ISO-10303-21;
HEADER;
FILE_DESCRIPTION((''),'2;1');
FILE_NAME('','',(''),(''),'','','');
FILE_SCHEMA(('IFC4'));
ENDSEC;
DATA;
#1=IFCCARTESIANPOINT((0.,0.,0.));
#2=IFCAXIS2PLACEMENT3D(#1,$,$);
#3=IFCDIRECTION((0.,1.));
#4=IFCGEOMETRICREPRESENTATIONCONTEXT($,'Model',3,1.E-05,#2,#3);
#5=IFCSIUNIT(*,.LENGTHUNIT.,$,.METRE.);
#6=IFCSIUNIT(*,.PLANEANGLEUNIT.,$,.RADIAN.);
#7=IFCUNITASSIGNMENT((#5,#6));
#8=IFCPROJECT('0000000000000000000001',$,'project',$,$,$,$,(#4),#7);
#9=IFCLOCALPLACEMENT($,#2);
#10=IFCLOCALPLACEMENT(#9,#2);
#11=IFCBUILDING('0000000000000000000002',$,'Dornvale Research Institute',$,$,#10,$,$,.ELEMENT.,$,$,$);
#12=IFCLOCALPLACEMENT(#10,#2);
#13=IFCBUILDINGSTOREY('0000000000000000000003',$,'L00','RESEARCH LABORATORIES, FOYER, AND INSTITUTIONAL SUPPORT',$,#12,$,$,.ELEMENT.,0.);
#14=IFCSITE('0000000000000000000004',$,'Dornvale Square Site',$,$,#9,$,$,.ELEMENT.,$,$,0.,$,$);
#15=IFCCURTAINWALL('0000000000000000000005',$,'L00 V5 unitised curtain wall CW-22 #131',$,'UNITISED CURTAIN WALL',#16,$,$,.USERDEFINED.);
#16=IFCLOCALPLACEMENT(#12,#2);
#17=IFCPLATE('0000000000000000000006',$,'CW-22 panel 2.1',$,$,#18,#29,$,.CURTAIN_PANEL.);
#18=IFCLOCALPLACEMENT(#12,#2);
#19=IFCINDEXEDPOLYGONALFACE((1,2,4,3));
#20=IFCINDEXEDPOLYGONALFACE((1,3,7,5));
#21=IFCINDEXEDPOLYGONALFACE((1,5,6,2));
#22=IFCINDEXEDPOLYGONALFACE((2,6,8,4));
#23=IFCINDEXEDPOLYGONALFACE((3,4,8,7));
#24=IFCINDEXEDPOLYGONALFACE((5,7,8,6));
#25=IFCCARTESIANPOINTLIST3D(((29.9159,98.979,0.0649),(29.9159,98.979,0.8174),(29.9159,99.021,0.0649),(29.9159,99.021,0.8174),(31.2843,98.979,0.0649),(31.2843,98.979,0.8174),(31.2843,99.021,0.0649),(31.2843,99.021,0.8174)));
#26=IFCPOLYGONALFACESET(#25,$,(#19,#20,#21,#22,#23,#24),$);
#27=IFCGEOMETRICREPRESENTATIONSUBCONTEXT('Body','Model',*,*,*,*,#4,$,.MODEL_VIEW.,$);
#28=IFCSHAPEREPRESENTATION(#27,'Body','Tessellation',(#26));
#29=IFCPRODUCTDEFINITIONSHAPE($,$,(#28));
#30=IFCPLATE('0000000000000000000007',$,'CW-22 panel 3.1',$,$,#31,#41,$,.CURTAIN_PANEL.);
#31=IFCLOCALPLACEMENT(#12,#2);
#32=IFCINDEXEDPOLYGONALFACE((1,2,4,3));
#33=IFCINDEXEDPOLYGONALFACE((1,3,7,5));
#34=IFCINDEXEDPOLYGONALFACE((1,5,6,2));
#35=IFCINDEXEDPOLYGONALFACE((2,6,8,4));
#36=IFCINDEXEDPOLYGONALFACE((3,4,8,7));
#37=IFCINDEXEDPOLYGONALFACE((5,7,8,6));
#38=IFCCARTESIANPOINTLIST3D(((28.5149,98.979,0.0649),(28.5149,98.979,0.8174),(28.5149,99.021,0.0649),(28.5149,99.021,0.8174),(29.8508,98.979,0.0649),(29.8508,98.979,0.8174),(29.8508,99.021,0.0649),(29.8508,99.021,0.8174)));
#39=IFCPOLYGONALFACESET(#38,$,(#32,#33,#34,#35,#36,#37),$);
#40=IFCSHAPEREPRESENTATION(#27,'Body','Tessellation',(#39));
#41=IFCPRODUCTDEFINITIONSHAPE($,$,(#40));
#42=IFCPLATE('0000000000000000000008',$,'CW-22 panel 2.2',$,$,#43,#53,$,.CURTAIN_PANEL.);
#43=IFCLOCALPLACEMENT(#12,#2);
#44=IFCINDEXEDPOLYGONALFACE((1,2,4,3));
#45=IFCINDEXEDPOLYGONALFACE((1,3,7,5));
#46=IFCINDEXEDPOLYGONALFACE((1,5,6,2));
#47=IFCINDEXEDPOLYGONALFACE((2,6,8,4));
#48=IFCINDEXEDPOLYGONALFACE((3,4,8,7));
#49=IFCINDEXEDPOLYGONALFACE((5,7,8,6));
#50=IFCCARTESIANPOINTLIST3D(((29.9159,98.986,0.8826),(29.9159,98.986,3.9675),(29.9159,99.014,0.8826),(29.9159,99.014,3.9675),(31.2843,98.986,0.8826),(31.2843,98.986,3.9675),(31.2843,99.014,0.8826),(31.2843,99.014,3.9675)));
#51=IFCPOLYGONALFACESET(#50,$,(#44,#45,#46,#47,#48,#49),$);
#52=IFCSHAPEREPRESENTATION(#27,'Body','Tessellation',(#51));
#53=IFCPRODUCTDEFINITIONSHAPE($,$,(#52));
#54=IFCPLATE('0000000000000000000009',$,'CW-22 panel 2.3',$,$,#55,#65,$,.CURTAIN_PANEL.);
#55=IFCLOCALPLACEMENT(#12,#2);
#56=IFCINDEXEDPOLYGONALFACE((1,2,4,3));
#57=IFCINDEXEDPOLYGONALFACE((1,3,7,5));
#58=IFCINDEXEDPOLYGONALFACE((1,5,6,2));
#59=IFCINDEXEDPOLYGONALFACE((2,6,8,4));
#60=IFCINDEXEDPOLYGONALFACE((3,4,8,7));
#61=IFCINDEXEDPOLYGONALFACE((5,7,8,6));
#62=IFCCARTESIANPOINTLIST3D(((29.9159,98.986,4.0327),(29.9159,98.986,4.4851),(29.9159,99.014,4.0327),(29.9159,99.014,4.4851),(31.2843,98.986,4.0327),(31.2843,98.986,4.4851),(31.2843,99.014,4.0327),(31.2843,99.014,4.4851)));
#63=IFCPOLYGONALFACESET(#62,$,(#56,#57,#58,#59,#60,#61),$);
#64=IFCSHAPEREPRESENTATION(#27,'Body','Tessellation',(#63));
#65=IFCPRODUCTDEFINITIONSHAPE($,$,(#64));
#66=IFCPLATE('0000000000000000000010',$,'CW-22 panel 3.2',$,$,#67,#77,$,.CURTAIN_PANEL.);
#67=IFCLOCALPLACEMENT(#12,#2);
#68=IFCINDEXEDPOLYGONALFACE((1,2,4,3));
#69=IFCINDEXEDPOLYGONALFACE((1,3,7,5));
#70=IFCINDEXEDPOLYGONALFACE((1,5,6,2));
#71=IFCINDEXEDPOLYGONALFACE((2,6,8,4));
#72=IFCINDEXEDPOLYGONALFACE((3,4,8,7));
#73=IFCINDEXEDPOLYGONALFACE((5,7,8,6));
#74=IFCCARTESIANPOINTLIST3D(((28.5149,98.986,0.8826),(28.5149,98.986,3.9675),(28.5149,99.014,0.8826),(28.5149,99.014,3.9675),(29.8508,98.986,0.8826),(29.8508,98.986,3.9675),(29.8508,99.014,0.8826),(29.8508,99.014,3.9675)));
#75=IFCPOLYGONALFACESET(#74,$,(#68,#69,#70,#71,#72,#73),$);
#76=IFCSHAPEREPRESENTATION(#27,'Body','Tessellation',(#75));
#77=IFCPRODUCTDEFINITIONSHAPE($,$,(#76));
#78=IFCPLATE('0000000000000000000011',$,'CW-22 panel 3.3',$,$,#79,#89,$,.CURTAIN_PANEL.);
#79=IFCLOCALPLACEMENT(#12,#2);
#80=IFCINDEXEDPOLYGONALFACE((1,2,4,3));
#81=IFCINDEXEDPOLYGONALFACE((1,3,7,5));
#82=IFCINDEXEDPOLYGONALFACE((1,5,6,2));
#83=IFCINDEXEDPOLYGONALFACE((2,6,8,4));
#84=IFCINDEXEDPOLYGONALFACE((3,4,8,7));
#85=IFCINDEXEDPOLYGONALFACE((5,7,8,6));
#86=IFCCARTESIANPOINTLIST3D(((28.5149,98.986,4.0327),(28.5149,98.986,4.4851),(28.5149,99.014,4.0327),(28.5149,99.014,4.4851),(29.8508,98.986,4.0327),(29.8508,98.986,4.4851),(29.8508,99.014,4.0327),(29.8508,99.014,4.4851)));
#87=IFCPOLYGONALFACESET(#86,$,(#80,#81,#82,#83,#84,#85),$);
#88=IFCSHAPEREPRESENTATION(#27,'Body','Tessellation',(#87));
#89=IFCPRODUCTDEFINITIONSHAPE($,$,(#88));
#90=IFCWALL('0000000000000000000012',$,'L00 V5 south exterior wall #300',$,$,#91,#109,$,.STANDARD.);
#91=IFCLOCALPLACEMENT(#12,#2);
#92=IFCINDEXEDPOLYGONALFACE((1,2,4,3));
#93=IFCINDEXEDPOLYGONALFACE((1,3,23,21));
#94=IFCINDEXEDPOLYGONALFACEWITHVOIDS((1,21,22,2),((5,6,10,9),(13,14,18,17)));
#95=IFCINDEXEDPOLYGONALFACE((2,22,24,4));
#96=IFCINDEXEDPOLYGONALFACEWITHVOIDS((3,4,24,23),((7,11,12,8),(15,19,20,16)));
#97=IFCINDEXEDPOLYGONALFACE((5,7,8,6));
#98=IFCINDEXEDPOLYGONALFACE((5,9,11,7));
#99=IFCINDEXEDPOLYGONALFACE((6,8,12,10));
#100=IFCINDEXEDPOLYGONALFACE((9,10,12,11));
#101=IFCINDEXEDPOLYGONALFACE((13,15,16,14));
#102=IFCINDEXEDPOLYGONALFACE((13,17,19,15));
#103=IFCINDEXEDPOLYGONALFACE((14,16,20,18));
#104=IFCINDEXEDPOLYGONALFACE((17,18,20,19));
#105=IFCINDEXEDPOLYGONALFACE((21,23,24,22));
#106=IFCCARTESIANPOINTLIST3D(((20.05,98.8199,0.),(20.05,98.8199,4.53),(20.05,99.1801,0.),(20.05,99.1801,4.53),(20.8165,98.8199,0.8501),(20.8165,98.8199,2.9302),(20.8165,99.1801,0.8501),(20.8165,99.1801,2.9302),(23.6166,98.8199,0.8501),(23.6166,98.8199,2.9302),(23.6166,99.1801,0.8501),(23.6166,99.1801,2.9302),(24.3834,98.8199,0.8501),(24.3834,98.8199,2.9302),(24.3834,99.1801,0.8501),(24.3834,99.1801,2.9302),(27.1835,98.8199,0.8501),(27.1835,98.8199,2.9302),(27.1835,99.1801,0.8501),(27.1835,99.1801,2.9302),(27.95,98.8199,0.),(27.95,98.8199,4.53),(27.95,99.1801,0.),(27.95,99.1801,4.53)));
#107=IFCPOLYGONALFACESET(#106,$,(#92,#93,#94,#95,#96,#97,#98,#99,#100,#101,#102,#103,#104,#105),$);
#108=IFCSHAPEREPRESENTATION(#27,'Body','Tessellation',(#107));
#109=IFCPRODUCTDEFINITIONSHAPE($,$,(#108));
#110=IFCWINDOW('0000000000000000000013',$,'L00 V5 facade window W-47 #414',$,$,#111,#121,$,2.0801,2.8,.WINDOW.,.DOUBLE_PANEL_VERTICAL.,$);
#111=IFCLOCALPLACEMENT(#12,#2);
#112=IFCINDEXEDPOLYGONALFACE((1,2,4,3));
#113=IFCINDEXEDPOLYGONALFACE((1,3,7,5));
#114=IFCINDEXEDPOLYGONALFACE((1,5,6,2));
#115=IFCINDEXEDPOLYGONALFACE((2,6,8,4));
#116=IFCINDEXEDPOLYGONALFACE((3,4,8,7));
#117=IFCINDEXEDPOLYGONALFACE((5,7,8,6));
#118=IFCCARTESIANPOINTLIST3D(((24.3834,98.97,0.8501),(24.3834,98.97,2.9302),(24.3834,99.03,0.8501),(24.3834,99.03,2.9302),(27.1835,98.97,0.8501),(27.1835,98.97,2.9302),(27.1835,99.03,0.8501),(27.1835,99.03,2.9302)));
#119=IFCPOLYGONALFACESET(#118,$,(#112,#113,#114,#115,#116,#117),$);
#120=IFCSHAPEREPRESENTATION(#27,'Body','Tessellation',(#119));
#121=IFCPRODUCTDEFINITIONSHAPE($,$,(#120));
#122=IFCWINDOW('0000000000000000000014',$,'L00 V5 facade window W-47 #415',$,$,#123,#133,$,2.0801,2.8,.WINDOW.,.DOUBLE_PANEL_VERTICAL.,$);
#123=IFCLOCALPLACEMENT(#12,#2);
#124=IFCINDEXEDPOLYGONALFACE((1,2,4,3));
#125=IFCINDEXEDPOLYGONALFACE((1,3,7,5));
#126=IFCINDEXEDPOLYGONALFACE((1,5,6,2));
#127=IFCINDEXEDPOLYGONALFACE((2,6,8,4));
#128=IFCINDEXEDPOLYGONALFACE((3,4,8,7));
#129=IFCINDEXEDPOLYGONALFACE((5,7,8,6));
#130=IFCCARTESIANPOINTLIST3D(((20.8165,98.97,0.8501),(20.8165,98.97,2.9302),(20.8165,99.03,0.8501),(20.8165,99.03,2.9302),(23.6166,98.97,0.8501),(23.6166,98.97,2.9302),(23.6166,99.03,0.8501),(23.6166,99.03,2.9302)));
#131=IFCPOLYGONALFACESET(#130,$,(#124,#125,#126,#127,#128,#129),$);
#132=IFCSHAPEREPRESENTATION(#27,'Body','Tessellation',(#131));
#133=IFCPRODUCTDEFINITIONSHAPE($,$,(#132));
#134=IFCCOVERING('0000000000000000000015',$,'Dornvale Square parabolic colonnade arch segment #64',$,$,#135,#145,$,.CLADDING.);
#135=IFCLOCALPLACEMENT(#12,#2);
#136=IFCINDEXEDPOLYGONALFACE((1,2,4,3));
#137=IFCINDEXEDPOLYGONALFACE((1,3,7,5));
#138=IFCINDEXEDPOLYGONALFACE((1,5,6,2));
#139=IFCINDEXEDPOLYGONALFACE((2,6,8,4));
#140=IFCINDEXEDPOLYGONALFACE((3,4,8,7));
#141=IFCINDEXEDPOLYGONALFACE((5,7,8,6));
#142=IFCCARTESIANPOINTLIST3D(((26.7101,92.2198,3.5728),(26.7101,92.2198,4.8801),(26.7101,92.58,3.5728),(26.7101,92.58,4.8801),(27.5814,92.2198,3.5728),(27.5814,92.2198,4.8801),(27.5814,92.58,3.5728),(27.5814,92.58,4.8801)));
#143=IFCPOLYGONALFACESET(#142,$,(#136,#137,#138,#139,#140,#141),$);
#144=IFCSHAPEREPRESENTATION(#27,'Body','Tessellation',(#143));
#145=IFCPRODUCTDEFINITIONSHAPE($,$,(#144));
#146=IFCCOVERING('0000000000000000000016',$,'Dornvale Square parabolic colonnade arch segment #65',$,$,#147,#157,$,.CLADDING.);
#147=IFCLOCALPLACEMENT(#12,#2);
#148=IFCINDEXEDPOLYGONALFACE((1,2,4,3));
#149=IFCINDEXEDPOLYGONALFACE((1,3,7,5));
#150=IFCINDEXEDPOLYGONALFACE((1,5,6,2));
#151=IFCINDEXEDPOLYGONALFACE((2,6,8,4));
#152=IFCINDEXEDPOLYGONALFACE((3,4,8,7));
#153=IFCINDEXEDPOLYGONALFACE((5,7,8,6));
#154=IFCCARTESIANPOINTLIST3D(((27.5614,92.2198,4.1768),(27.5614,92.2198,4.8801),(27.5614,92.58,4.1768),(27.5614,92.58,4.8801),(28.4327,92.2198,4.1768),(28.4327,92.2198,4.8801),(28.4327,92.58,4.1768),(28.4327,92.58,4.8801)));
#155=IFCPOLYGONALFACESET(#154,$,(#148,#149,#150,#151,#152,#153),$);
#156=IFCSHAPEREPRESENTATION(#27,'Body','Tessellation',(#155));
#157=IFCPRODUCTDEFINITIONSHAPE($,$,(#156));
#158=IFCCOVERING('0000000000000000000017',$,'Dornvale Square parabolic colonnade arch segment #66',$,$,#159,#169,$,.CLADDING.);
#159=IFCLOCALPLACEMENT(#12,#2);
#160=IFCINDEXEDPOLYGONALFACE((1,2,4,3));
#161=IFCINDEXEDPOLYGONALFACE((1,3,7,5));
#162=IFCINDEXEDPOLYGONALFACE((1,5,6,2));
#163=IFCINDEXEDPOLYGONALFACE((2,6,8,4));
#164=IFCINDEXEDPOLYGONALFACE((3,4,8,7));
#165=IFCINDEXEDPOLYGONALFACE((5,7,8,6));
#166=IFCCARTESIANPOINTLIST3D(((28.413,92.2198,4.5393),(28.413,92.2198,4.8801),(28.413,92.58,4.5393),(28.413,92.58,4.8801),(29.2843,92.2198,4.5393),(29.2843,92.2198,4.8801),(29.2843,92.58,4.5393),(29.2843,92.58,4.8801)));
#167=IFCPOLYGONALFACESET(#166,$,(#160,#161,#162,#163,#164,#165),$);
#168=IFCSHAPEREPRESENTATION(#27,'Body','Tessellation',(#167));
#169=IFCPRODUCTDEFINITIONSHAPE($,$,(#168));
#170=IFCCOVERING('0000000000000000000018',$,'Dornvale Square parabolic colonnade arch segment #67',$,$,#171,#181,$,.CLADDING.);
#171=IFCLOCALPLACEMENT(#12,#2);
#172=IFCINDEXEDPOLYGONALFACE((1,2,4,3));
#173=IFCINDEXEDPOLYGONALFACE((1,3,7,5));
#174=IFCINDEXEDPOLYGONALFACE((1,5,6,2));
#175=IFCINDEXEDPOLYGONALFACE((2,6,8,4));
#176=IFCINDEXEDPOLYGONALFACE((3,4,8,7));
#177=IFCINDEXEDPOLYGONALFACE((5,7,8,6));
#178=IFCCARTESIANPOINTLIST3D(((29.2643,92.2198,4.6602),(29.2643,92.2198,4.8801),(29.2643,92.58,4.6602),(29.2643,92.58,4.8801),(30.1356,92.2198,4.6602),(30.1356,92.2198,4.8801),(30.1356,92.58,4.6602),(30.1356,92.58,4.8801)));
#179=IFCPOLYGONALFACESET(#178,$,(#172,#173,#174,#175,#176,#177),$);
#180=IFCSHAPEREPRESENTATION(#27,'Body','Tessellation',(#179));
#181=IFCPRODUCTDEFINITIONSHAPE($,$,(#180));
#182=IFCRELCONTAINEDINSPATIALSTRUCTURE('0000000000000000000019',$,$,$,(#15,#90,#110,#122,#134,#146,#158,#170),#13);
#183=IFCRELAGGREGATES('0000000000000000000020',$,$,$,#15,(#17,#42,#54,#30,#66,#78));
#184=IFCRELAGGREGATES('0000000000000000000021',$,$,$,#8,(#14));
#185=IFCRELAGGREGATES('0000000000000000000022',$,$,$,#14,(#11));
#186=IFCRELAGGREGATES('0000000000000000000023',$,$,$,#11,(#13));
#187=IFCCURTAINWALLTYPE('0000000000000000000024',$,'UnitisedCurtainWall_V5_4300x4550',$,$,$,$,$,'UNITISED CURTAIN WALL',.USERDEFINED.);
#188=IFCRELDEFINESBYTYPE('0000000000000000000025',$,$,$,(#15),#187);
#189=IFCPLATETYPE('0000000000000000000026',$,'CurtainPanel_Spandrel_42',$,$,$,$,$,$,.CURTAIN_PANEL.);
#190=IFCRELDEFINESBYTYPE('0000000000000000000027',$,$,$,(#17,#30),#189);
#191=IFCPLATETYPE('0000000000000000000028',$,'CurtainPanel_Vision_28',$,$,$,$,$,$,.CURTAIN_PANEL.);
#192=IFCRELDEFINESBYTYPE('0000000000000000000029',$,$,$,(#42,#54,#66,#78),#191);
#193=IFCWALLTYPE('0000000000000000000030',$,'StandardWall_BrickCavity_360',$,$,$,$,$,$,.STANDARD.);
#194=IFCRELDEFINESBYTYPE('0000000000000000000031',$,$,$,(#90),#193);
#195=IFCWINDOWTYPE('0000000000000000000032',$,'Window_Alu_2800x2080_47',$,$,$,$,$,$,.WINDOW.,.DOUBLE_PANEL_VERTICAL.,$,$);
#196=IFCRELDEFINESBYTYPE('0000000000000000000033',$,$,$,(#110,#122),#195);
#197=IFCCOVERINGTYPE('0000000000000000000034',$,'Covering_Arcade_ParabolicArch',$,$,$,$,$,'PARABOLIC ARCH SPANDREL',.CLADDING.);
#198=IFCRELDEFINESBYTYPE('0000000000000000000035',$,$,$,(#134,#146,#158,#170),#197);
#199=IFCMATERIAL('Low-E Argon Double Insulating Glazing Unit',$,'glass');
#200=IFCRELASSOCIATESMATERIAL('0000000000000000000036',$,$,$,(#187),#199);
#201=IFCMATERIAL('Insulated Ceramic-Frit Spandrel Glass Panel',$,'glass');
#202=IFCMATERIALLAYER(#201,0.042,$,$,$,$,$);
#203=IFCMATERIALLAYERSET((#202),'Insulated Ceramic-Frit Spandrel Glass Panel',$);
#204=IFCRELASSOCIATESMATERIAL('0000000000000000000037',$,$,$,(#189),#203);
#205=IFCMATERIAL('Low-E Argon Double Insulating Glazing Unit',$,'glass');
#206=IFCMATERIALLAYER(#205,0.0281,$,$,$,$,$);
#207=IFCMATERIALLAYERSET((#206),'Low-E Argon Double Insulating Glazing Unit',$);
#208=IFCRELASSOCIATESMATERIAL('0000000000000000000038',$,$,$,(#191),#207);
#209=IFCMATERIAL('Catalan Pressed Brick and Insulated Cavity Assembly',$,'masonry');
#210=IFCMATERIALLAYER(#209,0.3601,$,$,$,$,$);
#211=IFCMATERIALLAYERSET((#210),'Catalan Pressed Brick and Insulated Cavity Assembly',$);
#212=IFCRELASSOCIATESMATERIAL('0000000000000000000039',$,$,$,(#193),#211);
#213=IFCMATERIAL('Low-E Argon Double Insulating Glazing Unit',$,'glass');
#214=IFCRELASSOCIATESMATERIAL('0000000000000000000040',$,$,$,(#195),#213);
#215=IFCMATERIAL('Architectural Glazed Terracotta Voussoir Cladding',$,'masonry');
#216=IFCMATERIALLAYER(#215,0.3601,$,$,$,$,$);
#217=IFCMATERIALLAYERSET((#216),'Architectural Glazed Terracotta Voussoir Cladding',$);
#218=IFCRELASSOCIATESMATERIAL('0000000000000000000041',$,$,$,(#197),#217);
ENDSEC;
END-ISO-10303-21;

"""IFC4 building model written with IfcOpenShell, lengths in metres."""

from ifc_helpers import new_model, si_unit, direction, frame, frame_2d, origin, origin_2d, place, context, subcontext, project, spatial, rectangle, extrude, material, layer, layer_set, type_object, element, fill, aggregate, save


model = new_model("IFC4")

# Units and contexts
model_context = context("Model", 3, precision=1e-05, world=origin(), true_north=direction((0.0, 1.0)))
body_context = subcontext(model_context, "Body", "Model", "MODEL_VIEW")
ifc_project = project(units=[si_unit("LENGTHUNIT", "METRE"), si_unit("PLANEANGLEUNIT", "RADIAN")], contexts=[model_context])

# Site, building, storey
site_placement = place(None, origin())
site = spatial("IfcSite", under=ifc_project, at=site_placement, Name="Dornvale Square Site", CompositionType="ELEMENT", RefElevation=0.0)
building_placement = place(site_placement, origin())
building = spatial("IfcBuilding", under=site, at=building_placement, Name="Dornvale Research Institute", CompositionType="ELEMENT")
storey_placement = place(building_placement, origin())
storey = spatial("IfcBuildingStorey", under=building, at=storey_placement, Name="L00", Description="RESEARCH LABORATORIES, FOYER, AND INSTITUTIONAL SUPPORT", CompositionType="ELEMENT", Elevation=0.0)

# Curtain wall, plates
ifc_material_1 = material(Name="Low-E Argon Double Insulating Glazing Unit", Category="glass")
curtain_wall_type = type_object("IfcCurtainWallType", Name="UnitisedCurtainWall_V5_4300x4550", ElementType="UNITISED CURTAIN WALL", PredefinedType="USERDEFINED", material=ifc_material_1)
curtain_wall_placement = place(storey_placement, origin())
curtain_wall = element("IfcCurtainWall", 1, at=curtain_wall_placement, inside=storey, type_object=curtain_wall_type, Name="L00 V5 unitised curtain wall CW-22 #131", ObjectType="UNITISED CURTAIN WALL", PredefinedType="USERDEFINED")
ifc_material_2 = material(Name="Insulated Ceramic-Frit Spandrel Glass Panel", Category="glass")
ifc_layer_1 = layer(ifc_material_2, 0.042)
ifc_layer_set_1 = layer_set([ifc_layer_1], Name="Insulated Ceramic-Frit Spandrel Glass Panel")
plate_type_1 = type_object("IfcPlateType", Name="CurtainPanel_Spandrel_42", PredefinedType="CURTAIN_PANEL", material=ifc_layer_set_1)
plate_1_placement = place(storey_placement, frame((30.6001, 99.0, 0.0649), z_axis=(0.0, 0.0, 1.0), x_axis=(-1.0, 0.0, 0.0)))
plate_1 = element("IfcPlate", 2, at=plate_1_placement, type_object=plate_type_1, Name="CW-22 panel 2.1", PredefinedType="CURTAIN_PANEL", context=body_context, shape_type="SweptSolid", body=[
    extrude(rectangle(XDim=1.3684, YDim=0.042, at=origin_2d()), origin(), (0.0, 0.0, 1.0), 0.7524),
])
plate_2_placement = place(storey_placement, frame((29.1829, 99.0, 0.0649), z_axis=(0.0, 0.0, 1.0), x_axis=(-1.0, 0.0, 0.0)))
plate_2 = element("IfcPlate", 3, at=plate_2_placement, type_object=plate_type_1, Name="CW-22 panel 3.1", PredefinedType="CURTAIN_PANEL", context=body_context, shape_type="SweptSolid", body=[
    extrude(rectangle(XDim=1.3359, YDim=0.042, at=origin_2d()), origin(), (0.0, 0.0, 1.0), 0.7524),
])
ifc_material_3 = material(Name="Low-E Argon Double Insulating Glazing Unit", Category="glass")
ifc_layer_2 = layer(ifc_material_3, 0.0281)
ifc_layer_set_2 = layer_set([ifc_layer_2], Name="Low-E Argon Double Insulating Glazing Unit")
plate_type_2 = type_object("IfcPlateType", Name="CurtainPanel_Vision_28", PredefinedType="CURTAIN_PANEL", material=ifc_layer_set_2)
plate_3_placement = place(storey_placement, frame((30.6001, 99.0, 0.8826), z_axis=(0.0, 0.0, 1.0), x_axis=(-1.0, 0.0, 0.0)))
plate_3 = element("IfcPlate", 4, at=plate_3_placement, type_object=plate_type_2, Name="CW-22 panel 2.2", PredefinedType="CURTAIN_PANEL", context=body_context, shape_type="SweptSolid", body=[
    extrude(rectangle(XDim=1.3684, YDim=0.0281, at=origin_2d()), origin(), (0.0, 0.0, 1.0), 3.085),
])
plate_4_placement = place(storey_placement, frame((30.6001, 99.0, 4.0327), z_axis=(0.0, 0.0, 1.0), x_axis=(-1.0, 0.0, 0.0)))
plate_4 = element("IfcPlate", 5, at=plate_4_placement, type_object=plate_type_2, Name="CW-22 panel 2.3", PredefinedType="CURTAIN_PANEL", context=body_context, shape_type="SweptSolid", body=[
    extrude(rectangle(XDim=1.3684, YDim=0.0281, at=origin_2d()), origin(), (0.0, 0.0, 1.0), 0.4524),
])
plate_5_placement = place(storey_placement, frame((29.1829, 99.0, 0.8826), z_axis=(0.0, 0.0, 1.0), x_axis=(-1.0, 0.0, 0.0)))
plate_5 = element("IfcPlate", 6, at=plate_5_placement, type_object=plate_type_2, Name="CW-22 panel 3.2", PredefinedType="CURTAIN_PANEL", context=body_context, shape_type="SweptSolid", body=[
    extrude(rectangle(XDim=1.3359, YDim=0.0281, at=origin_2d()), origin(), (0.0, 0.0, 1.0), 3.085),
])
plate_6_placement = place(storey_placement, frame((29.1829, 99.0, 4.0327), z_axis=(0.0, 0.0, 1.0), x_axis=(-1.0, 0.0, 0.0)))
plate_6 = element("IfcPlate", 7, at=plate_6_placement, type_object=plate_type_2, Name="CW-22 panel 3.3", PredefinedType="CURTAIN_PANEL", context=body_context, shape_type="SweptSolid", body=[
    extrude(rectangle(XDim=1.3359, YDim=0.0281, at=origin_2d()), origin(), (0.0, 0.0, 1.0), 0.4524),
])
aggregate(curtain_wall, [plate_1, plate_3, plate_4, plate_2, plate_5, plate_6])

# Wall, openings, windows
ifc_material_4 = material(Name="Catalan Pressed Brick and Insulated Cavity Assembly", Category="masonry")
ifc_layer_3 = layer(ifc_material_4, 0.3601)
ifc_layer_set_3 = layer_set([ifc_layer_3], Name="Catalan Pressed Brick and Insulated Cavity Assembly")
wall_type = type_object("IfcWallType", Name="StandardWall_BrickCavity_360", PredefinedType="STANDARD", material=ifc_layer_set_3)
wall_placement = place(storey_placement, frame((27.95, 99.0, 0.0), z_axis=(0.0, 0.0, 1.0), x_axis=(-1.0, 0.0, 0.0)))
wall = element("IfcWall", 8, at=wall_placement, inside=storey, type_object=wall_type, Name="L00 V5 south exterior wall #300", PredefinedType="STANDARD", context=body_context, shape_type="SweptSolid", body=[
    extrude(rectangle(XDim=7.8999, YDim=0.3601, at=frame_2d((3.95, 0.0))), origin(), (0.0, 0.0, 1.0), 4.53),
])
opening_1_placement = place(wall_placement, frame((0.7666, 0.0, 0.8501)))
opening_1 = element("IfcOpeningElement", 9, at=opening_1_placement, cuts=wall, PredefinedType="OPENING", context=body_context, shape_type="SweptSolid", body=[
    extrude(rectangle(XDim=2.8, YDim=2.0801, at=frame_2d((1.3999, 1.04))), frame((0.0, 0.1951, 0.0), z_axis=(0.0, -1.0, 0.0), x_axis=(1.0, 0.0, 0.0)), (0.0, 0.0, 1.0), 0.3901),
])
opening_2_placement = place(wall_placement, frame((4.3335, 0.0, 0.8501)))
opening_2 = element("IfcOpeningElement", 10, at=opening_2_placement, cuts=wall, PredefinedType="OPENING", context=body_context, shape_type="SweptSolid", body=[
    extrude(rectangle(XDim=2.8, YDim=2.0801, at=frame_2d((1.3999, 1.04))), frame((0.0, 0.1951, 0.0), z_axis=(0.0, -1.0, 0.0), x_axis=(1.0, 0.0, 0.0)), (0.0, 0.0, 1.0), 0.3901),
])
ifc_material_5 = material(Name="Low-E Argon Double Insulating Glazing Unit", Category="glass")
window_type = type_object("IfcWindowType", Name="Window_Alu_2800x2080_47", PartitioningType="DOUBLE_PANEL_VERTICAL", PredefinedType="WINDOW", material=ifc_material_5)
window_1_placement = place(opening_1_placement, origin())
window_1 = element("IfcWindow", 11, at=window_1_placement, inside=storey, type_object=window_type, Name="L00 V5 facade window W-47 #414", OverallHeight=2.0801, OverallWidth=2.8, PartitioningType="DOUBLE_PANEL_VERTICAL", PredefinedType="WINDOW", context=body_context, shape_type="SweptSolid", body=[
    extrude(rectangle(XDim=2.8, YDim=2.0801, at=frame_2d((1.3999, 1.04))), frame((0.0, 0.03, 0.0), z_axis=(0.0, -1.0, 0.0), x_axis=(1.0, 0.0, 0.0)), (0.0, 0.0, 1.0), 0.0601),
])
fill(opening_1, window_1)
window_2_placement = place(opening_2_placement, origin())
window_2 = element("IfcWindow", 12, at=window_2_placement, inside=storey, type_object=window_type, Name="L00 V5 facade window W-47 #415", OverallHeight=2.0801, OverallWidth=2.8, PartitioningType="DOUBLE_PANEL_VERTICAL", PredefinedType="WINDOW", context=body_context, shape_type="SweptSolid", body=[
    extrude(rectangle(XDim=2.8, YDim=2.0801, at=frame_2d((1.3999, 1.04))), frame((0.0, 0.03, 0.0), z_axis=(0.0, -1.0, 0.0), x_axis=(1.0, 0.0, 0.0)), (0.0, 0.0, 1.0), 0.0601),
])
fill(opening_2, window_2)

# Coverings
ifc_material_6 = material(Name="Architectural Glazed Terracotta Voussoir Cladding", Category="masonry")
ifc_layer_4 = layer(ifc_material_6, 0.3601)
ifc_layer_set_4 = layer_set([ifc_layer_4], Name="Architectural Glazed Terracotta Voussoir Cladding")
covering_type = type_object("IfcCoveringType", Name="Covering_Arcade_ParabolicArch", ElementType="PARABOLIC ARCH SPANDREL", PredefinedType="CLADDING", material=ifc_layer_set_4)
covering_1_placement = place(storey_placement, frame((27.1458, 92.3999, 3.5728), z_axis=(0.0, 0.0, 1.0), x_axis=(1.0, 0.0, 0.0)))
element("IfcCovering", 13, at=covering_1_placement, inside=storey, type_object=covering_type, Name="Dornvale Square parabolic colonnade arch segment #64", PredefinedType="CLADDING", context=body_context, shape_type="SweptSolid", body=[
    extrude(rectangle(XDim=0.8713, YDim=0.3601, at=origin_2d()), origin(), (0.0, 0.0, 1.0), 1.3074),
])
covering_2_placement = place(storey_placement, frame((27.9971, 92.3999, 4.1768), z_axis=(0.0, 0.0, 1.0), x_axis=(1.0, 0.0, 0.0)))
element("IfcCovering", 14, at=covering_2_placement, inside=storey, type_object=covering_type, Name="Dornvale Square parabolic colonnade arch segment #65", PredefinedType="CLADDING", context=body_context, shape_type="SweptSolid", body=[
    extrude(rectangle(XDim=0.8713, YDim=0.3601, at=origin_2d()), origin(), (0.0, 0.0, 1.0), 0.7034),
])
covering_3_placement = place(storey_placement, frame((28.8486, 92.3999, 4.5393), z_axis=(0.0, 0.0, 1.0), x_axis=(1.0, 0.0, 0.0)))
element("IfcCovering", 15, at=covering_3_placement, inside=storey, type_object=covering_type, Name="Dornvale Square parabolic colonnade arch segment #66", PredefinedType="CLADDING", context=body_context, shape_type="SweptSolid", body=[
    extrude(rectangle(XDim=0.8713, YDim=0.3601, at=origin_2d()), origin(), (0.0, 0.0, 1.0), 0.3408),
])
covering_4_placement = place(storey_placement, frame((29.7, 92.3999, 4.6602), z_axis=(0.0, 0.0, 1.0), x_axis=(1.0, 0.0, 0.0)))
element("IfcCovering", 16, at=covering_4_placement, inside=storey, type_object=covering_type, Name="Dornvale Square parabolic colonnade arch segment #67", PredefinedType="CLADDING", context=body_context, shape_type="SweptSolid", body=[
    extrude(rectangle(XDim=0.8713, YDim=0.3601, at=origin_2d()), origin(), (0.0, 0.0, 1.0), 0.22),
])

save(model, "model.ifc")
